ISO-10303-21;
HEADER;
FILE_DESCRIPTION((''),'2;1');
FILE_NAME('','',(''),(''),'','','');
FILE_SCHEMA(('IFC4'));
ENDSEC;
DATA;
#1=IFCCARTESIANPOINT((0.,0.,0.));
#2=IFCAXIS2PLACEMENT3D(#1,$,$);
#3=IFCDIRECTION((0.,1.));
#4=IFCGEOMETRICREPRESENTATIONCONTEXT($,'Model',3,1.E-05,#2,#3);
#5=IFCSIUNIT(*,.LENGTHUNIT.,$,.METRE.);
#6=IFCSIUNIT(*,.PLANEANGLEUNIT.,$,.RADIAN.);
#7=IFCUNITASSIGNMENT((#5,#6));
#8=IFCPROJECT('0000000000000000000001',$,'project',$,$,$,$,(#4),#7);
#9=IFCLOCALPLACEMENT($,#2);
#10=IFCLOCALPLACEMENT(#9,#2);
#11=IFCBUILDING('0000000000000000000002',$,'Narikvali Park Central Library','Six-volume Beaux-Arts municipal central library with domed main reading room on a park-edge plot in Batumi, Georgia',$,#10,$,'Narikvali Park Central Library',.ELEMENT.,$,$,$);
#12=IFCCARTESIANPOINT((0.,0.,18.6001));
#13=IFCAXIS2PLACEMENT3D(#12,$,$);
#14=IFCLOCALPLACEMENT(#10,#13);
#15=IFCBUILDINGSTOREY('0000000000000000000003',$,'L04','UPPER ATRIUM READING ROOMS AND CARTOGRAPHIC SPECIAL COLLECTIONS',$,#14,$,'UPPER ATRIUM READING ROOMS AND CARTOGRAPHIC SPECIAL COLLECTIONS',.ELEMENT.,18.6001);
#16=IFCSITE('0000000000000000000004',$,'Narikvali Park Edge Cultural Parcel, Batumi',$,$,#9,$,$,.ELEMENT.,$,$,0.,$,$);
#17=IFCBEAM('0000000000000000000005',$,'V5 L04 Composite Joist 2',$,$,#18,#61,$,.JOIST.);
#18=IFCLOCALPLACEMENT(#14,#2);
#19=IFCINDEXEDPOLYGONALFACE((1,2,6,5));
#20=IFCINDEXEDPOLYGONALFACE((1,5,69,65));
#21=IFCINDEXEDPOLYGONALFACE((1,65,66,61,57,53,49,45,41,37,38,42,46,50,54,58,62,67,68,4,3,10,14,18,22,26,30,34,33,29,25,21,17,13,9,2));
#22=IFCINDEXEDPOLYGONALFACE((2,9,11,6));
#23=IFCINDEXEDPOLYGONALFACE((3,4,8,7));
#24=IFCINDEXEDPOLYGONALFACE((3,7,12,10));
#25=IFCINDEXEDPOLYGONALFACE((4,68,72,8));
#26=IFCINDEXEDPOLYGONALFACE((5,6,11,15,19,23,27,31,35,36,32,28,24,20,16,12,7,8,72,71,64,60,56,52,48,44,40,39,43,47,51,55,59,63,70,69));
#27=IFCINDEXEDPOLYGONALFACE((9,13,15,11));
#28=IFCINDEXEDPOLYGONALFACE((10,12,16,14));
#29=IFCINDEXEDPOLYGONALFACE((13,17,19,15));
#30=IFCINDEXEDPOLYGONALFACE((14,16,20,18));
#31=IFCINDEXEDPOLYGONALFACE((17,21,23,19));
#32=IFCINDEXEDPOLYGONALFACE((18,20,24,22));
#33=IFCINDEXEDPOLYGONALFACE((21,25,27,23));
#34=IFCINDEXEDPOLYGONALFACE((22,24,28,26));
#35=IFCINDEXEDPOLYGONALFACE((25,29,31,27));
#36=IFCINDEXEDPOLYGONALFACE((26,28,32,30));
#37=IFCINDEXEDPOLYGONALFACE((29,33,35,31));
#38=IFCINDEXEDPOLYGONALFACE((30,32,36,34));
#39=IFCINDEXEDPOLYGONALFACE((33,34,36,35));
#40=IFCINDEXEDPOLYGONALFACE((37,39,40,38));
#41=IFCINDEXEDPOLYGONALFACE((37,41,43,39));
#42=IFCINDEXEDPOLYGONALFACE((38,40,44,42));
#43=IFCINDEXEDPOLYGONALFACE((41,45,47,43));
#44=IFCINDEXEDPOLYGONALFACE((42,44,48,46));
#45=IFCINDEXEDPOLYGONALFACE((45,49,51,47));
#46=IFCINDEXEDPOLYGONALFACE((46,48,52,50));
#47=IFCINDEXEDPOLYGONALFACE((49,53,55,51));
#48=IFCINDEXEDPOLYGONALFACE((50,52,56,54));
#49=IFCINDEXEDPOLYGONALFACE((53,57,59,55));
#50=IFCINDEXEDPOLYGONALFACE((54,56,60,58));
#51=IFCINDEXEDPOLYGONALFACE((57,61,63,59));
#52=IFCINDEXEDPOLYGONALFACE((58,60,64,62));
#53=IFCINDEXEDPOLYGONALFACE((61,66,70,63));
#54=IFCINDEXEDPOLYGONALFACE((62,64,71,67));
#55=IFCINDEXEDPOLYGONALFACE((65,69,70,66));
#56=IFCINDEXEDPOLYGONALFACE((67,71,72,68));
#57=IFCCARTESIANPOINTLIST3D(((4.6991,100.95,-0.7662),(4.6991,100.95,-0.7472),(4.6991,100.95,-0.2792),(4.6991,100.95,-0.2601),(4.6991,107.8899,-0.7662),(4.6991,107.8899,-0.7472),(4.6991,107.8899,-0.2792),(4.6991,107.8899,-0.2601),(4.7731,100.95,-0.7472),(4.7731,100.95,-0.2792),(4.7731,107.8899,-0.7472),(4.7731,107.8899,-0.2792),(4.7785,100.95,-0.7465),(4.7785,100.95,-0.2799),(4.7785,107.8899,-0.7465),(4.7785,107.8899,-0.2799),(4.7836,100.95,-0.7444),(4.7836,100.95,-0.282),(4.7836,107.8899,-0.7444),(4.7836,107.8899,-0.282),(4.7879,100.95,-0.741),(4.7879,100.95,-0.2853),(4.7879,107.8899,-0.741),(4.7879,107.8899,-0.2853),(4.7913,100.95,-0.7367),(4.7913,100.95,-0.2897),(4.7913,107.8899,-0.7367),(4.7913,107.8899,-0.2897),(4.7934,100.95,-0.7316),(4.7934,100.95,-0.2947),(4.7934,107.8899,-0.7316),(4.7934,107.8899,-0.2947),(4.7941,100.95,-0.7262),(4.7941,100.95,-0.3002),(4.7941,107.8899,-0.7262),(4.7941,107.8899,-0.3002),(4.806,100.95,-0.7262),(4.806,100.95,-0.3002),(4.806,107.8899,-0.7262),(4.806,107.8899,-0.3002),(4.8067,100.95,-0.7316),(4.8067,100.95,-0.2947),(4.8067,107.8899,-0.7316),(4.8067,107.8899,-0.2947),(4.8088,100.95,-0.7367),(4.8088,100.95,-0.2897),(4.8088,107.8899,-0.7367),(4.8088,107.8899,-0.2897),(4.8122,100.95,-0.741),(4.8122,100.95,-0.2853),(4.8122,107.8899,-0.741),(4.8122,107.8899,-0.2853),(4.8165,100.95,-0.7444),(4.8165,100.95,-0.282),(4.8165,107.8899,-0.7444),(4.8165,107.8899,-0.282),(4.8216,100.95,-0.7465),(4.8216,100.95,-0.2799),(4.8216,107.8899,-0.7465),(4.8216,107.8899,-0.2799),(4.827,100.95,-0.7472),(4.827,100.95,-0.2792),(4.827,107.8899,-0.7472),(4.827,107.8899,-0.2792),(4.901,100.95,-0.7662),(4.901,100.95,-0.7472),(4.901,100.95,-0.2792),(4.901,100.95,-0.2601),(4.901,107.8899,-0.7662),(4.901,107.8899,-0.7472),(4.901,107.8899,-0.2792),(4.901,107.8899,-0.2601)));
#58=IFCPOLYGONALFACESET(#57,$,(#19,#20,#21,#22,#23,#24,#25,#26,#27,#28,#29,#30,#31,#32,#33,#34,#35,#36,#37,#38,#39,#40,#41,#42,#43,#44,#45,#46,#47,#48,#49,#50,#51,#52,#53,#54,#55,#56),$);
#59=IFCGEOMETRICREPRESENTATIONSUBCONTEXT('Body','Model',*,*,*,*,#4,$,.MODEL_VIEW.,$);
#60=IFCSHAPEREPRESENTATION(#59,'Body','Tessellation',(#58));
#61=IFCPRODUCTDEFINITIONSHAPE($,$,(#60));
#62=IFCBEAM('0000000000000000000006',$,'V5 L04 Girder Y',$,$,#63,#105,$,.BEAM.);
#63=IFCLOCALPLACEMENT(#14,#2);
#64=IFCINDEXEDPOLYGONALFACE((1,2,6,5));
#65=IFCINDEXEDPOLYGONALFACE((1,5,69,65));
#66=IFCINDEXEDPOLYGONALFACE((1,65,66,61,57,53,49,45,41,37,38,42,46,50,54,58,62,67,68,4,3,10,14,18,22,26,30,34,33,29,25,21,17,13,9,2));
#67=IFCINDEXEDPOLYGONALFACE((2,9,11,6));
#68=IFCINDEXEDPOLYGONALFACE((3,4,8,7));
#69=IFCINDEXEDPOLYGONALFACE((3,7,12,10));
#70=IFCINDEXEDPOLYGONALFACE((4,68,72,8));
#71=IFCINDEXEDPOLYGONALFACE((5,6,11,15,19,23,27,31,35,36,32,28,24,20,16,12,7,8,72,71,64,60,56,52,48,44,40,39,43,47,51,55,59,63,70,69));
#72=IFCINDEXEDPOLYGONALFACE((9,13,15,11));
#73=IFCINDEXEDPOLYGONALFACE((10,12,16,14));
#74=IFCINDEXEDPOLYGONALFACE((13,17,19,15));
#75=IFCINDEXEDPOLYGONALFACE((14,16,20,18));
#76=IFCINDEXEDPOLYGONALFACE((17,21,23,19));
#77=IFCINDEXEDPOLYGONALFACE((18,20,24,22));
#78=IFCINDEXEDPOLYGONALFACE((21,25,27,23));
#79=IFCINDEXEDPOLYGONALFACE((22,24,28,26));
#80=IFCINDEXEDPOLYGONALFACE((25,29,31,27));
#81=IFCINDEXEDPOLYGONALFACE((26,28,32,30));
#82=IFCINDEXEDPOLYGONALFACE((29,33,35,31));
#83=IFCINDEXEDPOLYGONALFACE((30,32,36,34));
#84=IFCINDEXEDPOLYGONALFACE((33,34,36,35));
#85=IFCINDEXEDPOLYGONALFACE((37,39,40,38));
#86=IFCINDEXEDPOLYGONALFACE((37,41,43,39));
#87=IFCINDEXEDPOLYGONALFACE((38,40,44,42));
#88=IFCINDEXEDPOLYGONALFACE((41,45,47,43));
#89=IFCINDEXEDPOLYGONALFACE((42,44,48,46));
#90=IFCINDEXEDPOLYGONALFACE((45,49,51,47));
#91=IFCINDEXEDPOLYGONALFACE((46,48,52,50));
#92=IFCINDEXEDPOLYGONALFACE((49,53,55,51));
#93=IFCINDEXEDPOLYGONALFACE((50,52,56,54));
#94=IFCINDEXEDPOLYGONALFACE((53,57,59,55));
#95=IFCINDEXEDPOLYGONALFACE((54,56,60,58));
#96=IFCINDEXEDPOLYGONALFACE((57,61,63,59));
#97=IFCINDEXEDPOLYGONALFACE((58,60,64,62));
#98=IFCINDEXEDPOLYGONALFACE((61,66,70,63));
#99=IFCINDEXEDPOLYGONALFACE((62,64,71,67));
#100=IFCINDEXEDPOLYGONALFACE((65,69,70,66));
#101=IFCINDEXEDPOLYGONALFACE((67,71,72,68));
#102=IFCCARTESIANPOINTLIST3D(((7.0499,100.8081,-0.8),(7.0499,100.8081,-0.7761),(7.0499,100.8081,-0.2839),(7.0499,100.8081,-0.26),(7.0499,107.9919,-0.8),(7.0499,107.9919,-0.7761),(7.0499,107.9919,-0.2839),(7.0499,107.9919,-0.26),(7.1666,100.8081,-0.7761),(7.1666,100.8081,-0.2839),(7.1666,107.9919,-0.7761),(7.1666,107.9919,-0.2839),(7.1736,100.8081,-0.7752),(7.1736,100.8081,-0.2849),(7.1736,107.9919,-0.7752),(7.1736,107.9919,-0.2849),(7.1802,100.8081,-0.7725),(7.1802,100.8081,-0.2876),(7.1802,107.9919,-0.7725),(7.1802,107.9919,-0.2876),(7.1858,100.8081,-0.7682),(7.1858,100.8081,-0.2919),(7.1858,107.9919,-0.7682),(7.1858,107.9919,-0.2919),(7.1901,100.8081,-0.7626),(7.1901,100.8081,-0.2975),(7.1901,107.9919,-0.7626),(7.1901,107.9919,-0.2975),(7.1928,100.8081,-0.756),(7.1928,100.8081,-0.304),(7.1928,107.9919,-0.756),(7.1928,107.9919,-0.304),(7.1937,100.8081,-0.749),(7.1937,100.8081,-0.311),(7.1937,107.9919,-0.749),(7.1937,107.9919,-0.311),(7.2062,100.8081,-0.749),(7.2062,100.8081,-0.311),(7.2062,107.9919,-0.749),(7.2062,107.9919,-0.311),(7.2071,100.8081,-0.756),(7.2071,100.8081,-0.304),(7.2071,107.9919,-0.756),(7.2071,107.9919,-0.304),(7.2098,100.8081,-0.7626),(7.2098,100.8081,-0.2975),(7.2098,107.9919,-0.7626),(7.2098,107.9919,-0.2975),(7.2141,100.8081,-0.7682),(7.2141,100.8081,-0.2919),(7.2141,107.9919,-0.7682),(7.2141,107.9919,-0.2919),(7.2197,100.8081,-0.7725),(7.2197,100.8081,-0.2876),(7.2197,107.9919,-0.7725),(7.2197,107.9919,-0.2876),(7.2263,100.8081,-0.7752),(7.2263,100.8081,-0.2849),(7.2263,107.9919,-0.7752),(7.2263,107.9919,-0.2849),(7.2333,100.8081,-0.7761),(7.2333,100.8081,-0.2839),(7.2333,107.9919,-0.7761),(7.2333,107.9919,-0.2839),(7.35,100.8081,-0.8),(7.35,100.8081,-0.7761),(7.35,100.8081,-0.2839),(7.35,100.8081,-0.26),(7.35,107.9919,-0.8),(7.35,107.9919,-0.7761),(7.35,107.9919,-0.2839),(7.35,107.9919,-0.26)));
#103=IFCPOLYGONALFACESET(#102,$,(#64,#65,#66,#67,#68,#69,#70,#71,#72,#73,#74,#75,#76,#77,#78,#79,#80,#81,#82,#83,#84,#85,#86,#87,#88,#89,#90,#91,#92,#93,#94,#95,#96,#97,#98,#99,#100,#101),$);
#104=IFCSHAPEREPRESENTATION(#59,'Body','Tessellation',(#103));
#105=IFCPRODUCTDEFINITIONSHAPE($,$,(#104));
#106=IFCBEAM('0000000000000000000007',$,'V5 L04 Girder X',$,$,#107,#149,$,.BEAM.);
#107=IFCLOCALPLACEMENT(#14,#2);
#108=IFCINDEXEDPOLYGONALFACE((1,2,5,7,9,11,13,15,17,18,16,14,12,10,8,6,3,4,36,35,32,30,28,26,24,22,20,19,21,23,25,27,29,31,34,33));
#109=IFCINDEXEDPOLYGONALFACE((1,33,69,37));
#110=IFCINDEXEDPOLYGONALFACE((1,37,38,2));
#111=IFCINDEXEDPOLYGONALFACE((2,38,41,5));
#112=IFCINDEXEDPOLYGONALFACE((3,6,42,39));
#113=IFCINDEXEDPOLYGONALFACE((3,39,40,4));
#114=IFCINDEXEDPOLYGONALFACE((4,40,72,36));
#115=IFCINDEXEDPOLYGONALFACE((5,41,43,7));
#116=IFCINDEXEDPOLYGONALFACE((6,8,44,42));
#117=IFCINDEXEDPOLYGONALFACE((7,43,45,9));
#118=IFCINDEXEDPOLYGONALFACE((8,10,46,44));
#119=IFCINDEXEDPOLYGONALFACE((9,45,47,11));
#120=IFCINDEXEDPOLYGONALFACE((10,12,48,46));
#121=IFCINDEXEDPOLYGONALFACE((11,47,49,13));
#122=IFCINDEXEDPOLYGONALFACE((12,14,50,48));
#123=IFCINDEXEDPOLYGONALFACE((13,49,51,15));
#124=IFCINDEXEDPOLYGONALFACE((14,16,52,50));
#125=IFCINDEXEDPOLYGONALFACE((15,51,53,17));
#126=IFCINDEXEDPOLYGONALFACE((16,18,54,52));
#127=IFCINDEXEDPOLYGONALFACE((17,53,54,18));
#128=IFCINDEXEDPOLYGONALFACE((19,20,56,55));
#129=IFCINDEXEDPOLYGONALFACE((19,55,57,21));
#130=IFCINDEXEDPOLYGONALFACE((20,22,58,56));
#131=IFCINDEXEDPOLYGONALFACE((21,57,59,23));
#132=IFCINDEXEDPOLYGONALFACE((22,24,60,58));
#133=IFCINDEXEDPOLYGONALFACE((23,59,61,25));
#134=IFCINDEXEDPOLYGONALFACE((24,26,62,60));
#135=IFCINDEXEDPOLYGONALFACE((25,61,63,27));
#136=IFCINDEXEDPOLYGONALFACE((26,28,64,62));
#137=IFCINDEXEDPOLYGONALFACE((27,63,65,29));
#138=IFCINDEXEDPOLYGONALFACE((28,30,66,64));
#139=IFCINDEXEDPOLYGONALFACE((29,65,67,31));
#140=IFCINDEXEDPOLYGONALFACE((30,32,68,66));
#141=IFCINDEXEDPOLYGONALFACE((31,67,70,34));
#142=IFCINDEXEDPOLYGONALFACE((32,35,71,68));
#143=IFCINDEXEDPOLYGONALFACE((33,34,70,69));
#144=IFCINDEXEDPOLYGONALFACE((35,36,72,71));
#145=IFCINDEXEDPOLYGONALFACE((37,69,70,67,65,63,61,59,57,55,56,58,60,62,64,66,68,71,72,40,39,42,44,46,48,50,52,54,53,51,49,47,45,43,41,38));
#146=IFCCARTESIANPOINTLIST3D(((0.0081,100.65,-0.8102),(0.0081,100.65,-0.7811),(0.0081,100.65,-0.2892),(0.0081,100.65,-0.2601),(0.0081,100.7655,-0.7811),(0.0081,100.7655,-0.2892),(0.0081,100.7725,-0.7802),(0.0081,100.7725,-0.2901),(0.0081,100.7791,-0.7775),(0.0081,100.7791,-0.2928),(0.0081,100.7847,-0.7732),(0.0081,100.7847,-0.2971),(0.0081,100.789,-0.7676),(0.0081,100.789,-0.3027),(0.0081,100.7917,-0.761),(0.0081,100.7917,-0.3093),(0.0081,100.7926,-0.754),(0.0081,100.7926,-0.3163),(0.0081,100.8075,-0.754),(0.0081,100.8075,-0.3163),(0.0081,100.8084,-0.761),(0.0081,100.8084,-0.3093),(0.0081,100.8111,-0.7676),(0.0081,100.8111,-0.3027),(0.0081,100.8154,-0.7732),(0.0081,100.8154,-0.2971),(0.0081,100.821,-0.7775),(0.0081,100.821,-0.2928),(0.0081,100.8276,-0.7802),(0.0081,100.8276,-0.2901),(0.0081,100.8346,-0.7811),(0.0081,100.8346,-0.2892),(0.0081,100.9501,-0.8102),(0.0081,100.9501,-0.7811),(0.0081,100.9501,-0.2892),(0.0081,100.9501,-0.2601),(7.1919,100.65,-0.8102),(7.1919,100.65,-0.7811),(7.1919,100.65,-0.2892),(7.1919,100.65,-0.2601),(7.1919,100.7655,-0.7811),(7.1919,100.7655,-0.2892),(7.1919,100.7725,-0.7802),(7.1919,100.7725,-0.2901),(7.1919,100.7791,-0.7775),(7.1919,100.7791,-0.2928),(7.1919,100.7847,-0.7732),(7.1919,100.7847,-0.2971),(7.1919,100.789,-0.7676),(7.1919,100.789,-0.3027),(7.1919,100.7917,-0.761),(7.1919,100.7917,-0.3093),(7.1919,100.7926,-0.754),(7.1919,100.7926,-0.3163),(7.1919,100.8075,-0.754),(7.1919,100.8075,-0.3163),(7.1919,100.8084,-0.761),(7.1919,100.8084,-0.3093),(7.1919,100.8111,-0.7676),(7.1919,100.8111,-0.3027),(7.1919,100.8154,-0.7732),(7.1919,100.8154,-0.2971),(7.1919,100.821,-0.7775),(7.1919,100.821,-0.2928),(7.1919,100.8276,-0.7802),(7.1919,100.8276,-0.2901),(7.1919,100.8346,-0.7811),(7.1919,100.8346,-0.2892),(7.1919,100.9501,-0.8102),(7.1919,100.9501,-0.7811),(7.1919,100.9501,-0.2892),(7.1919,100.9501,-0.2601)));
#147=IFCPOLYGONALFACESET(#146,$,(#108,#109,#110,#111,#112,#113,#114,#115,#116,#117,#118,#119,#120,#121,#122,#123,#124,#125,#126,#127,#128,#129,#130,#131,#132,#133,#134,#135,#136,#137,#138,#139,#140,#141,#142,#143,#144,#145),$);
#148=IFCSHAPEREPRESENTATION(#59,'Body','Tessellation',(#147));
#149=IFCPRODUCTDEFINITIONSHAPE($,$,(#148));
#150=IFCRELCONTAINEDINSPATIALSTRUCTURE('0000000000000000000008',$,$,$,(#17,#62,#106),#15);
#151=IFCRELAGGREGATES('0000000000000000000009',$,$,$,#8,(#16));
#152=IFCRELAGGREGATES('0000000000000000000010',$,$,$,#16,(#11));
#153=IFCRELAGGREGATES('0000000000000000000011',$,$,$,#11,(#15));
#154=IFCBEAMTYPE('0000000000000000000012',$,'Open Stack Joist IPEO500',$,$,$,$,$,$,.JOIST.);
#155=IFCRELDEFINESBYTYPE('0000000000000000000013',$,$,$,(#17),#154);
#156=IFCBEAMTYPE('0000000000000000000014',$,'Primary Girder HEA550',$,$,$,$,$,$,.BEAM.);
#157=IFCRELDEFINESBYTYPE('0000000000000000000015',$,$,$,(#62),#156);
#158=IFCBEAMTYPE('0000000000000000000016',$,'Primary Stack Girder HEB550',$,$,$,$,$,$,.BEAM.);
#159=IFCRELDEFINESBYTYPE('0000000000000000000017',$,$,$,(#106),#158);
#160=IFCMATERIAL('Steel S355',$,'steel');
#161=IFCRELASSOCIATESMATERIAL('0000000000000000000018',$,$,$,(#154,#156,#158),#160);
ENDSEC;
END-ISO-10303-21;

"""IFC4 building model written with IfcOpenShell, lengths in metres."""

from ifc_helpers import new_model, si_unit, direction, frame, origin, origin_2d, place, context, subcontext, project, spatial, i_section, extrude, material, material_profile, profile_set, type_object, element, save


model = new_model("IFC4")

# Units and contexts
model_context = context("Model", 3, precision=1e-05, world=origin(), true_north=direction((0.0, 1.0)))
body_context = subcontext(model_context, "Body", "Model", "MODEL_VIEW")
ifc_project = project(units=[si_unit("LENGTHUNIT", "METRE"), si_unit("PLANEANGLEUNIT", "RADIAN")], contexts=[model_context])

# Site, building, storey
site_placement = place(None, origin())
site = spatial("IfcSite", under=ifc_project, at=site_placement, Name="Narikvali Park Edge Cultural Parcel, Batumi", CompositionType="ELEMENT", RefElevation=0.0)
building_placement = place(site_placement, origin())
building = spatial("IfcBuilding", under=site, at=building_placement, Name="Narikvali Park Central Library", Description="Six-volume Beaux-Arts municipal central library with domed main reading room on a park-edge plot in Batumi, Georgia", LongName="Narikvali Park Central Library", CompositionType="ELEMENT")
storey_placement = place(building_placement, frame((0.0, 0.0, 18.6001)))
storey = spatial("IfcBuildingStorey", under=building, at=storey_placement, Name="L04", Description="UPPER ATRIUM READING ROOMS AND CARTOGRAPHIC SPECIAL COLLECTIONS", LongName="UPPER ATRIUM READING ROOMS AND CARTOGRAPHIC SPECIAL COLLECTIONS", CompositionType="ELEMENT", Elevation=18.6001)

# Shared definitions
ifc_material_1 = material(Name="Steel S355", Category="steel")

# Beams
ifc_material_profile_1 = material_profile(ifc_material_1, i_section(OverallWidth=0.2019, OverallDepth=0.5061, WebThickness=0.012, FlangeThickness=0.019, FilletRadius=0.021, at=origin_2d()), Name="IPEO 500")
ifc_profile_set_1 = profile_set([ifc_material_profile_1], Name="Steel S355")
beam_type_1 = type_object("IfcBeamType", Name="Open Stack Joist IPEO500", PredefinedType="JOIST", material=ifc_profile_set_1)
for number, where, z_axis, x_axis, name in (
    (1, (4.8, 100.95, -0.5132), (0.0, 1.0, 0.0), (-1.0, 0.0, 0.0), "V5 L04 Composite Joist 2"),
):
    element("IfcBeam", number, at=place(storey_placement, frame(where, z_axis=z_axis, x_axis=x_axis)), inside=storey, type_object=beam_type_1, Name=name, PredefinedType="JOIST", context=body_context, shape_type="SweptSolid", body=[
        extrude(i_section(OverallWidth=0.2019, OverallDepth=0.5061, WebThickness=0.012, FlangeThickness=0.019, FilletRadius=0.021, at=origin_2d()), origin(), (0.0, 0.0, 1.0), 6.9399),
    ])
ifc_material_profile_2 = material_profile(ifc_material_1, i_section(OverallWidth=0.3, OverallDepth=0.54, WebThickness=0.0125, FlangeThickness=0.0239, FilletRadius=0.0271, at=origin_2d()), Name="HEA 550")
ifc_profile_set_2 = profile_set([ifc_material_profile_2], Name="Steel S355")
beam_type_2 = type_object("IfcBeamType", Name="Primary Girder HEA550", PredefinedType="BEAM", material=ifc_profile_set_2)
beam_1_placement = place(storey_placement, frame((7.2, 100.8081, -0.53), z_axis=(0.0, 1.0, 0.0), x_axis=(-1.0, 0.0, 0.0)))
element("IfcBeam", 2, at=beam_1_placement, inside=storey, type_object=beam_type_2, Name="V5 L04 Girder Y", PredefinedType="BEAM", context=body_context, shape_type="SweptSolid", body=[
    extrude(i_section(OverallWidth=0.3, OverallDepth=0.54, WebThickness=0.0125, FlangeThickness=0.0239, FilletRadius=0.0271, at=origin_2d()), origin(), (0.0, 0.0, 1.0), 7.1838),
])
ifc_material_profile_3 = material_profile(ifc_material_1, i_section(OverallWidth=0.3, OverallDepth=0.55, WebThickness=0.0149, FlangeThickness=0.0291, FilletRadius=0.0271, at=origin_2d()), Name="HEB 550")
ifc_profile_set_3 = profile_set([ifc_material_profile_3], Name="Steel S355")
beam_type_3 = type_object("IfcBeamType", Name="Primary Stack Girder HEB550", PredefinedType="BEAM", material=ifc_profile_set_3)
beam_2_placement = place(storey_placement, frame((0.0081, 100.8, -0.5352), z_axis=(1.0, 0.0, 0.0), x_axis=(0.0, 1.0, 0.0)))
element("IfcBeam", 3, at=beam_2_placement, inside=storey, type_object=beam_type_3, Name="V5 L04 Girder X", PredefinedType="BEAM", context=body_context, shape_type="SweptSolid", body=[
    extrude(i_section(OverallWidth=0.3, OverallDepth=0.55, WebThickness=0.0149, FlangeThickness=0.0291, FilletRadius=0.0271, at=origin_2d()), origin(), (0.0, 0.0, 1.0), 7.1838),
])

save(model, "model.ifc")
